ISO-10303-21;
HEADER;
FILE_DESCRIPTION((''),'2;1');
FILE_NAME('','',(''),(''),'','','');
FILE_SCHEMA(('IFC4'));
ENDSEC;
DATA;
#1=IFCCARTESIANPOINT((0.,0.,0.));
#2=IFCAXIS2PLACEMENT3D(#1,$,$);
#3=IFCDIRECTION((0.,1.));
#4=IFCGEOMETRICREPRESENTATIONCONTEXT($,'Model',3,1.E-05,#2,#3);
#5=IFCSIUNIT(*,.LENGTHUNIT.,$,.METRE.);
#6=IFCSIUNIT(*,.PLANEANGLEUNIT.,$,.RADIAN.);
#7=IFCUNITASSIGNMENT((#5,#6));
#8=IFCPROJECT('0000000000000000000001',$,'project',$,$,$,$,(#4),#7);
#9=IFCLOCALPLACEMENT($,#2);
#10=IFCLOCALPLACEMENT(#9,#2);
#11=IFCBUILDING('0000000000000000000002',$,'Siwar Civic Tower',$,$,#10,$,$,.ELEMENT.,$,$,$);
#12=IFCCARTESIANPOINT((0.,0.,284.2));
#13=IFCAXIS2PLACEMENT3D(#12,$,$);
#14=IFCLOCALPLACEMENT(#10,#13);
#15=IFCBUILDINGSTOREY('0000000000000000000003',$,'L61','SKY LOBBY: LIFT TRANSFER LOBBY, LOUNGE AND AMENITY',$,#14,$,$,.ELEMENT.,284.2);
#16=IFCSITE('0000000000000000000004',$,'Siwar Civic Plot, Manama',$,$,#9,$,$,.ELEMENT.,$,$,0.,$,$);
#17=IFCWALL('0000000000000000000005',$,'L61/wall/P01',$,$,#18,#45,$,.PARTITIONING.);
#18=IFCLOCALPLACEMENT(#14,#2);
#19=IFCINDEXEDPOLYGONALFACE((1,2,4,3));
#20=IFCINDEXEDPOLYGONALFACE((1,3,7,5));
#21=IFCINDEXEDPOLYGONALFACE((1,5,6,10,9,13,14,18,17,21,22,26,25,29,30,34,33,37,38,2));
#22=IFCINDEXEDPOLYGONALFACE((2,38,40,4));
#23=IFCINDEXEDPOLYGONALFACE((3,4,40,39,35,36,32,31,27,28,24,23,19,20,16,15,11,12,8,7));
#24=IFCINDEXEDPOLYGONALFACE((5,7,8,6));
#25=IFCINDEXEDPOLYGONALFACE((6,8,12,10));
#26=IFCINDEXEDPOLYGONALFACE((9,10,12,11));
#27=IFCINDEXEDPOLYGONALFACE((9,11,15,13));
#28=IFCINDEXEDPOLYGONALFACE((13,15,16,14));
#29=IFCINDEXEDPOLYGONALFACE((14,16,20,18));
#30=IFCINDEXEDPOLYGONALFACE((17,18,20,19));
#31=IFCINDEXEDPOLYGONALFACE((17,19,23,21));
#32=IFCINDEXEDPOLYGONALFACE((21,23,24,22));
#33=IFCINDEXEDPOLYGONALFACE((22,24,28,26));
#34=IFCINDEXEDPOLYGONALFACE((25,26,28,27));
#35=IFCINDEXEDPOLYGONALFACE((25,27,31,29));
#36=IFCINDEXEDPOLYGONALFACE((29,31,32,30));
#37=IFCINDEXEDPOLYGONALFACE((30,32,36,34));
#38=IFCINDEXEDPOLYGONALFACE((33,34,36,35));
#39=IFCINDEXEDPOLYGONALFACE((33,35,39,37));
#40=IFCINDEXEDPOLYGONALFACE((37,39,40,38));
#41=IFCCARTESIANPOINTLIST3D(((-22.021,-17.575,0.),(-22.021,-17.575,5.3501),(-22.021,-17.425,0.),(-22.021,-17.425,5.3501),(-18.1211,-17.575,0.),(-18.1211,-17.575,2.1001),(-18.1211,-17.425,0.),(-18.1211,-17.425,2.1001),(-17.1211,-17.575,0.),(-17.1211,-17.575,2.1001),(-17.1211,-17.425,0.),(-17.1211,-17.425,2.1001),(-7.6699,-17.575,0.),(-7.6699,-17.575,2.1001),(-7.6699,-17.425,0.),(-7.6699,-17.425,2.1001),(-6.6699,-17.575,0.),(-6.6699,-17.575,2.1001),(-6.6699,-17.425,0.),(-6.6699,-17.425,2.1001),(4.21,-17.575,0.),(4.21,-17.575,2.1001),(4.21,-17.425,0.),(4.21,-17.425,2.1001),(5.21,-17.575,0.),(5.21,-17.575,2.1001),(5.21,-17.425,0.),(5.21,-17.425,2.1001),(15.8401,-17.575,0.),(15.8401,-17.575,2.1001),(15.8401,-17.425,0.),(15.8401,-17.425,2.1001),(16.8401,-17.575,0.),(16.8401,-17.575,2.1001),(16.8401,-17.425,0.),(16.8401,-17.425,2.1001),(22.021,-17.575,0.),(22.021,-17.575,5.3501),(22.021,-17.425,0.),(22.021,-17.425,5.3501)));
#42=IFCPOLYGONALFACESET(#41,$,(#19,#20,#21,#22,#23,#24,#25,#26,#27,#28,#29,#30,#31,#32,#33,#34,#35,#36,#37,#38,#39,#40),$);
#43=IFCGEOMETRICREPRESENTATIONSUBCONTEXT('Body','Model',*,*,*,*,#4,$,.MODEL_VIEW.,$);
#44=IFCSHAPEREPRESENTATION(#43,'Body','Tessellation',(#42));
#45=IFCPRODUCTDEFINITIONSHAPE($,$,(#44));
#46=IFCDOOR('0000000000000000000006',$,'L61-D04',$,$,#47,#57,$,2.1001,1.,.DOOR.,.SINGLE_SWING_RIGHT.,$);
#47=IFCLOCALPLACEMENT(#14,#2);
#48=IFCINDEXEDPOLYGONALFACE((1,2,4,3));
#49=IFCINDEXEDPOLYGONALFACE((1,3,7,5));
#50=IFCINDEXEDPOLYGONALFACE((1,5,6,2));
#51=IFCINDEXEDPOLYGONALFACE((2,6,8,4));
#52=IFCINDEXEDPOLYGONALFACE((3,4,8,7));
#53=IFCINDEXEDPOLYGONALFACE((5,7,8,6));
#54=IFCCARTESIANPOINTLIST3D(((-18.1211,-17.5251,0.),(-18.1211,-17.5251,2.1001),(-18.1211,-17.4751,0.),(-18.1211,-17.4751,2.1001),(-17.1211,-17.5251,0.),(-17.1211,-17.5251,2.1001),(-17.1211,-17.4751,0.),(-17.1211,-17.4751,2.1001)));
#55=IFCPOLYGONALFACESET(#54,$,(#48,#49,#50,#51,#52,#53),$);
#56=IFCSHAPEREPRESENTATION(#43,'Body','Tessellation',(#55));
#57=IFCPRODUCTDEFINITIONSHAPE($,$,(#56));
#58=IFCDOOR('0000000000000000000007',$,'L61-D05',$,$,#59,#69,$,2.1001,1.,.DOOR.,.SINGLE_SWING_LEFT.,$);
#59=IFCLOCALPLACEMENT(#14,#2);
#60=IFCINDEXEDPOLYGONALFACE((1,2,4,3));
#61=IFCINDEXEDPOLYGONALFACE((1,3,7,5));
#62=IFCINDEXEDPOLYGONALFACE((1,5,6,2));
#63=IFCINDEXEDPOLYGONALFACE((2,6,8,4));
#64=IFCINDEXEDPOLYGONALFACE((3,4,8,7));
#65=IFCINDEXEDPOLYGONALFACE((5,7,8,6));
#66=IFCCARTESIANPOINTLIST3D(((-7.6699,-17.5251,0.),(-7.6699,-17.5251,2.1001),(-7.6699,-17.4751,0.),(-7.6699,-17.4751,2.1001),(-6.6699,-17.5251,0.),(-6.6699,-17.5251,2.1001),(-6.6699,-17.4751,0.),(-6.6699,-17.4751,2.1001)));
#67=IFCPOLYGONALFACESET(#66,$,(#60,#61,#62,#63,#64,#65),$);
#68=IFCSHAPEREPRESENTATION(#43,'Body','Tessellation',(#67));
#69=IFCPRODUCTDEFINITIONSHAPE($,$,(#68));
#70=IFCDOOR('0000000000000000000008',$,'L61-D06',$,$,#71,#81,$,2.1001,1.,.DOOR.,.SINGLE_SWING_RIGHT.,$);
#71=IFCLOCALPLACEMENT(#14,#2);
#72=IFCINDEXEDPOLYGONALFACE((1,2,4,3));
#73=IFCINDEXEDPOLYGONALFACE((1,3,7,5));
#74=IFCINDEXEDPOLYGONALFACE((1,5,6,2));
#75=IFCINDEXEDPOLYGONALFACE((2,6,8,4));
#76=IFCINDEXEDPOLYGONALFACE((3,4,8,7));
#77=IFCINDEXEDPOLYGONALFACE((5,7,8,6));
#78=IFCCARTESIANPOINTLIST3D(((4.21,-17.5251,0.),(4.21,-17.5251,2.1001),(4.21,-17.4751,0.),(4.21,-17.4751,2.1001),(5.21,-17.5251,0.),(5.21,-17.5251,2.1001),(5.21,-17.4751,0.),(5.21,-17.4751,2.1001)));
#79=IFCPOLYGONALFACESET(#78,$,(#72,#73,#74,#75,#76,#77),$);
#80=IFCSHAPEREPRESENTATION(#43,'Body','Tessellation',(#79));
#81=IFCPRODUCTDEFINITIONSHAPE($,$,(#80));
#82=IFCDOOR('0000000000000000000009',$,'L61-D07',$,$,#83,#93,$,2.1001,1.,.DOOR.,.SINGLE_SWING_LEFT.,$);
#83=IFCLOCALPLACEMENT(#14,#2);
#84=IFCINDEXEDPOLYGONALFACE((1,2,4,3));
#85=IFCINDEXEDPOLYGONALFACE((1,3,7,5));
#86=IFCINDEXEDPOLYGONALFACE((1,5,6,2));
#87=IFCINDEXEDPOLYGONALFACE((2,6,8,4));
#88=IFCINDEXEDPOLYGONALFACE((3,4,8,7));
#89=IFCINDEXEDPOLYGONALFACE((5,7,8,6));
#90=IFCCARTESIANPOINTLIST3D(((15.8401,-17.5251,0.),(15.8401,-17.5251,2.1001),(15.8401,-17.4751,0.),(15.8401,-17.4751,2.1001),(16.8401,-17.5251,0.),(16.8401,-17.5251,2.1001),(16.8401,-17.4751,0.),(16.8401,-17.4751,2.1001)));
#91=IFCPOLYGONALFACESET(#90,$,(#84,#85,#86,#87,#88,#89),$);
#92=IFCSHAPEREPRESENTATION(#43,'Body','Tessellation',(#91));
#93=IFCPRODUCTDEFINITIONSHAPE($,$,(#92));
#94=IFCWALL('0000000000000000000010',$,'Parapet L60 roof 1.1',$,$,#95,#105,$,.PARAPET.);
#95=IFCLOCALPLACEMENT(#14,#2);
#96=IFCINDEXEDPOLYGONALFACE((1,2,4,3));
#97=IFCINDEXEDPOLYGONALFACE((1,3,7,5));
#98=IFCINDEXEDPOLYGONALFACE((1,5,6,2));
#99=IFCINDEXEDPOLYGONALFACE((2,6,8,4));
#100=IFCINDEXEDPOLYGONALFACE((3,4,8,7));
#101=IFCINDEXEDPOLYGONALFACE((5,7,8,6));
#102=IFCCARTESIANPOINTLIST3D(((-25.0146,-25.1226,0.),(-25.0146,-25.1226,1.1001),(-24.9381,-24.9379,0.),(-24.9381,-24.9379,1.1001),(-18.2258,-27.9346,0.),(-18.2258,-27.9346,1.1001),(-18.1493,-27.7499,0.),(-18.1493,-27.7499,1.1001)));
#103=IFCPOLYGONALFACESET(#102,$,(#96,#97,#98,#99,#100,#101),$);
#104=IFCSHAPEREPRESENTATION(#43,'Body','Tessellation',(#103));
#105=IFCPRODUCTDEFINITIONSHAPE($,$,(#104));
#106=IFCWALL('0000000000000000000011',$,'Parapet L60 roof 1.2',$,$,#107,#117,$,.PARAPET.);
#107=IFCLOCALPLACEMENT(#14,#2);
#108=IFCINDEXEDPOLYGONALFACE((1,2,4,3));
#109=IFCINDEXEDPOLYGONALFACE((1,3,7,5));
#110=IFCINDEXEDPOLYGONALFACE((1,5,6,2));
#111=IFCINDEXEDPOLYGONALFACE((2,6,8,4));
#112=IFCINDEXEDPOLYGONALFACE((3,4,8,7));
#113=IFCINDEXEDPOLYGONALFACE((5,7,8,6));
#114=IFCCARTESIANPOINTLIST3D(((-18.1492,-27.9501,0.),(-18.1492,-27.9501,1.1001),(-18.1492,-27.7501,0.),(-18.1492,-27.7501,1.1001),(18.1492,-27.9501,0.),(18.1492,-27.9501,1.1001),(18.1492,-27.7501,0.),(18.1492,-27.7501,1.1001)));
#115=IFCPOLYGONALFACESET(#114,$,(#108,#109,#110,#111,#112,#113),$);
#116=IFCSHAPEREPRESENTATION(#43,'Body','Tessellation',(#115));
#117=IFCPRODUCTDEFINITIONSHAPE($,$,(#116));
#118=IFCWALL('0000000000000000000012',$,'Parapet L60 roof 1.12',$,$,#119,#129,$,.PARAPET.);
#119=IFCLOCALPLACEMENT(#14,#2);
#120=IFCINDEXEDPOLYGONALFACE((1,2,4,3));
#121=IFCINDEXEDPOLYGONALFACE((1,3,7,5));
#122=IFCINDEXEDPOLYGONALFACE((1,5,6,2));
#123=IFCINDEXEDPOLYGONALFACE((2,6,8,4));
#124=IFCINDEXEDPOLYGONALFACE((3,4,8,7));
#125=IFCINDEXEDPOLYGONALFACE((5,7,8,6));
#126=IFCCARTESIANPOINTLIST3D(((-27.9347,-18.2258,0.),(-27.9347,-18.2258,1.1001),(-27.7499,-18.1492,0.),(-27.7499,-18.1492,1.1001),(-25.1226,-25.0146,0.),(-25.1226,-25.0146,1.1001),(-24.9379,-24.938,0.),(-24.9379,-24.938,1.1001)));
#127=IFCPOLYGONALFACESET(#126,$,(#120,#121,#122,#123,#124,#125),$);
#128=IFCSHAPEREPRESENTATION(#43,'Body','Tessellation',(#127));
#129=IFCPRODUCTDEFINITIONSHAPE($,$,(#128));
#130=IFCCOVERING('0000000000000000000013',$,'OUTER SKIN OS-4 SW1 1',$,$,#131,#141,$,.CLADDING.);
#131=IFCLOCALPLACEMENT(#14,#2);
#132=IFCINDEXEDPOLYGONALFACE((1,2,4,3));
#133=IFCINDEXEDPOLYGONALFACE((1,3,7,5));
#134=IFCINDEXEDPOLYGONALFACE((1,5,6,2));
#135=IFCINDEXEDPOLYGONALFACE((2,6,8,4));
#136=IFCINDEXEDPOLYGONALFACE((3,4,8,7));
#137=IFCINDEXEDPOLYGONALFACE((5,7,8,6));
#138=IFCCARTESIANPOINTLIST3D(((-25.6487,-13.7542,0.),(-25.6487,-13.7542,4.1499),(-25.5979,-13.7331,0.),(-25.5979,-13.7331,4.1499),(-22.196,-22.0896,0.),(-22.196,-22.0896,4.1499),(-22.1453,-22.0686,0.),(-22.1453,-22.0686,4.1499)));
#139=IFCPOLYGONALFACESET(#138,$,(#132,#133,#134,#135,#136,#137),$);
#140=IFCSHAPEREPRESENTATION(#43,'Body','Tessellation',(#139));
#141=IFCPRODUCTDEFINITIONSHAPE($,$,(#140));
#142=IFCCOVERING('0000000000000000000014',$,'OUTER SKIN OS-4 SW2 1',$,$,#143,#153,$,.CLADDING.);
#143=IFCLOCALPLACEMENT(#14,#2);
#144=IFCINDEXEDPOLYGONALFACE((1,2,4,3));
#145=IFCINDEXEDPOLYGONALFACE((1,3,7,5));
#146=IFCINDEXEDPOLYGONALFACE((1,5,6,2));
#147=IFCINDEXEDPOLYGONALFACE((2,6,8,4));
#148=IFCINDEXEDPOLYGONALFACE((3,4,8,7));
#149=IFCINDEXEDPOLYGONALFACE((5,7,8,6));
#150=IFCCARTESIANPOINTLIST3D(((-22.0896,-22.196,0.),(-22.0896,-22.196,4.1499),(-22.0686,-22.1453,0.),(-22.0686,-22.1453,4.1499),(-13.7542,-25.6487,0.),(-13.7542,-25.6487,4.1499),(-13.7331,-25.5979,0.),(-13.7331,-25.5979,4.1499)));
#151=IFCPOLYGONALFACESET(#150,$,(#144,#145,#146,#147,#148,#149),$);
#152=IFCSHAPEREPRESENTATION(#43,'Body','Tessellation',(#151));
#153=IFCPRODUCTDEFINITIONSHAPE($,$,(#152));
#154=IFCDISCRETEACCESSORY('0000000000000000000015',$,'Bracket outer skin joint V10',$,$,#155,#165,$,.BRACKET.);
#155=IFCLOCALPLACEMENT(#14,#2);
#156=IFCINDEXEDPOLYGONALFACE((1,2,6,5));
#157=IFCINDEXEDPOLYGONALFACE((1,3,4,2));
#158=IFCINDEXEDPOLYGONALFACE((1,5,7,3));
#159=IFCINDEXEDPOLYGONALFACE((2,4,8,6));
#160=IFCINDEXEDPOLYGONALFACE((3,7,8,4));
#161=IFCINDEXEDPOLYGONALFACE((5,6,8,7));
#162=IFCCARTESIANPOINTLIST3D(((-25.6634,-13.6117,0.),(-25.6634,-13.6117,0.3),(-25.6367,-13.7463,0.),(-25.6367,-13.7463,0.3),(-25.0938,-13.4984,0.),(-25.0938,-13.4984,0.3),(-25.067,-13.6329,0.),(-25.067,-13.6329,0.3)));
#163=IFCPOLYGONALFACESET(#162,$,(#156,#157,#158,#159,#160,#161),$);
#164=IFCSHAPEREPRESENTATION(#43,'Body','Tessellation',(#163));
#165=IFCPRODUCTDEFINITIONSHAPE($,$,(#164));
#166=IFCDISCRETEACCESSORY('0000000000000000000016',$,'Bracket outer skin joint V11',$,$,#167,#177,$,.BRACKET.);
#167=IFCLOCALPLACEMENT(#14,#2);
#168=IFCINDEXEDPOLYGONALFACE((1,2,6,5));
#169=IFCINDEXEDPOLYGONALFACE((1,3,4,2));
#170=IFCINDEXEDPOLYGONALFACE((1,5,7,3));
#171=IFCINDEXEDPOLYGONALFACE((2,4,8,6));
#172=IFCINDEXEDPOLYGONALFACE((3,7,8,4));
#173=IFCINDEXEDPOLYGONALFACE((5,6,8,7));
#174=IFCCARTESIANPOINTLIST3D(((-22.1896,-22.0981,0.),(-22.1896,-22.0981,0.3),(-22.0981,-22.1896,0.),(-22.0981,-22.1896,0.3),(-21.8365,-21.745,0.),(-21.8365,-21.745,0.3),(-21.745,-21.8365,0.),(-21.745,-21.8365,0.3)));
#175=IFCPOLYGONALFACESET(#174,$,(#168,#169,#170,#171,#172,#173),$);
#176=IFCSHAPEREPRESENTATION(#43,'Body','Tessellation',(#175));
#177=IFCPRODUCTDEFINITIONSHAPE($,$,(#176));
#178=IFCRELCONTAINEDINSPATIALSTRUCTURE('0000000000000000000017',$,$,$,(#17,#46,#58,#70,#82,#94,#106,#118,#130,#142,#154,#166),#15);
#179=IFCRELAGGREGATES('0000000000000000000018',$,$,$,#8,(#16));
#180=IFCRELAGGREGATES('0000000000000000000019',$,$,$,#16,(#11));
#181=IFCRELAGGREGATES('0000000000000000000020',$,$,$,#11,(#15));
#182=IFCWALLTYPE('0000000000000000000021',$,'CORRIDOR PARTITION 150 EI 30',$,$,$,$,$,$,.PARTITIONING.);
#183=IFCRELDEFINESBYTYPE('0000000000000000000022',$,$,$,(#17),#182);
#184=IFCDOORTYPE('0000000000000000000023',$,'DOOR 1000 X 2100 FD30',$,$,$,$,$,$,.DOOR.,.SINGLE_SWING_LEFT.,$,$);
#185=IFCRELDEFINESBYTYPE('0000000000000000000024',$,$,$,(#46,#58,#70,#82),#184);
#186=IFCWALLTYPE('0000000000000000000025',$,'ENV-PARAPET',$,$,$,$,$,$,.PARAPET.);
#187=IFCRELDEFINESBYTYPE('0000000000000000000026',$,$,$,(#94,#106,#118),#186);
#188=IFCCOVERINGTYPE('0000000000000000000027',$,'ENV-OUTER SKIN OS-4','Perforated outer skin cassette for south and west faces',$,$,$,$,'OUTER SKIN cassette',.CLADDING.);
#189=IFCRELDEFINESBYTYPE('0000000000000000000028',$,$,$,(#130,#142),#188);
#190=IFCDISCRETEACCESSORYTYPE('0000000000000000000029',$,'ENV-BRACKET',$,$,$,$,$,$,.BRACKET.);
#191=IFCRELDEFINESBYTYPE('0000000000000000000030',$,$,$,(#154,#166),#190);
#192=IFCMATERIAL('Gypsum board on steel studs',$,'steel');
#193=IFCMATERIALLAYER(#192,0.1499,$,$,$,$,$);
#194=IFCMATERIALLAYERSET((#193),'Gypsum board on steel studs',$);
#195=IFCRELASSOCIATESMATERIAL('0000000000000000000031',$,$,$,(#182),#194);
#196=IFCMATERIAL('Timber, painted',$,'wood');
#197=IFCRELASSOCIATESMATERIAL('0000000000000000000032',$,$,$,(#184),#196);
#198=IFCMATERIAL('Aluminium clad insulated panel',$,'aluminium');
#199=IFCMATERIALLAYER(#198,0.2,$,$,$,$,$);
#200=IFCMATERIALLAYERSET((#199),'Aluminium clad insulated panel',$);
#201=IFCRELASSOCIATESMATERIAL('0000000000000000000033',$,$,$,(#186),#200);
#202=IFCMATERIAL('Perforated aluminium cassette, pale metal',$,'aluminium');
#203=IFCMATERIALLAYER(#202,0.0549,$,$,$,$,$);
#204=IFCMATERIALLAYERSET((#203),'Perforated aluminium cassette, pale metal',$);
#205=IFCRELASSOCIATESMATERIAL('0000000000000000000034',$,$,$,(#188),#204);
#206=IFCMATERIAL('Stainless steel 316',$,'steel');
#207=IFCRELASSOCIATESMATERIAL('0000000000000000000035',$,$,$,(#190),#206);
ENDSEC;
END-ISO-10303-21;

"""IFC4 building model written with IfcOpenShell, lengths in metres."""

from ifc_helpers import new_model, si_unit, direction, frame, frame_2d, origin, origin_2d, place, context, subcontext, project, spatial, rectangle, extrude, material, layer, layer_set, type_object, element, fill, save


model = new_model("IFC4")

# Units and contexts
model_context = context("Model", 3, precision=1e-05, world=origin(), true_north=direction((0.0, 1.0)))
body_context = subcontext(model_context, "Body", "Model", "MODEL_VIEW")
ifc_project = project(units=[si_unit("LENGTHUNIT", "METRE"), si_unit("PLANEANGLEUNIT", "RADIAN")], contexts=[model_context])

# Site, building, storey
site_placement = place(None, origin())
site = spatial("IfcSite", under=ifc_project, at=site_placement, Name="Siwar Civic Plot, Manama", CompositionType="ELEMENT", RefElevation=0.0)
building_placement = place(site_placement, origin())
building = spatial("IfcBuilding", under=site, at=building_placement, Name="Siwar Civic Tower", CompositionType="ELEMENT")
storey_placement = place(building_placement, frame((0.0, 0.0, 284.2)))
storey = spatial("IfcBuildingStorey", under=building, at=storey_placement, Name="L61", Description="SKY LOBBY: LIFT TRANSFER LOBBY, LOUNGE AND AMENITY", CompositionType="ELEMENT", Elevation=284.2)

# Wall, openings, doors
ifc_material_1 = material(Name="Gypsum board on steel studs", Category="steel")
ifc_layer_1 = layer(ifc_material_1, 0.1499)
ifc_layer_set_1 = layer_set([ifc_layer_1], Name="Gypsum board on steel studs")
wall_type_1 = type_object("IfcWallType", Name="CORRIDOR PARTITION 150 EI 30", PredefinedType="PARTITIONING", material=ifc_layer_set_1)
wall_1_placement = place(storey_placement, frame((-22.021, -17.5, 0.0), z_axis=(0.0, 0.0, 1.0), x_axis=(1.0, 0.0, 0.0)))
wall_1 = element("IfcWall", 1, at=wall_1_placement, inside=storey, type_object=wall_type_1, Name="L61/wall/P01", PredefinedType="PARTITIONING", context=body_context, shape_type="SweptSolid", body=[
    extrude(rectangle(XDim=44.042, YDim=0.1499, at=frame_2d((22.021, 0.0))), origin(), (0.0, 0.0, 1.0), 5.3501),
])
opening_1_placement = place(wall_1_placement, frame((3.8999, 0.0, 0.0)))
opening_1 = element("IfcOpeningElement", 2, at=opening_1_placement, cuts=wall_1, PredefinedType="OPENING", context=body_context, shape_type="SweptSolid", body=[
    extrude(rectangle(XDim=1.0, YDim=2.1001, at=frame_2d((0.5, 1.05))), frame((0.0, 0.085, 0.0), z_axis=(0.0, -1.0, 0.0), x_axis=(1.0, 0.0, 0.0)), (0.0, 0.0, 1.0), 0.1699),
])
opening_2_placement = place(wall_1_placement, frame((14.3511, 0.0, 0.0)))
opening_2 = element("IfcOpeningElement", 3, at=opening_2_placement, cuts=wall_1, PredefinedType="OPENING", context=body_context, shape_type="SweptSolid", body=[
    extrude(rectangle(XDim=1.0, YDim=2.1001, at=frame_2d((0.5, 1.05))), frame((0.0, 0.085, 0.0), z_axis=(0.0, -1.0, 0.0), x_axis=(1.0, 0.0, 0.0)), (0.0, 0.0, 1.0), 0.1699),
])
opening_3_placement = place(wall_1_placement, frame((26.231, 0.0, 0.0)))
opening_3 = element("IfcOpeningElement", 4, at=opening_3_placement, cuts=wall_1, PredefinedType="OPENING", context=body_context, shape_type="SweptSolid", body=[
    extrude(rectangle(XDim=1.0, YDim=2.1001, at=frame_2d((0.5, 1.05))), frame((0.0, 0.085, 0.0), z_axis=(0.0, -1.0, 0.0), x_axis=(1.0, 0.0, 0.0)), (0.0, 0.0, 1.0), 0.1699),
])
opening_4_placement = place(wall_1_placement, frame((37.8611, 0.0, 0.0)))
opening_4 = element("IfcOpeningElement", 5, at=opening_4_placement, cuts=wall_1, PredefinedType="OPENING", context=body_context, shape_type="SweptSolid", body=[
    extrude(rectangle(XDim=1.0, YDim=2.1001, at=frame_2d((0.5, 1.05))), frame((0.0, 0.085, 0.0), z_axis=(0.0, -1.0, 0.0), x_axis=(1.0, 0.0, 0.0)), (0.0, 0.0, 1.0), 0.1699),
])
ifc_material_2 = material(Name="Timber, painted", Category="wood")
door_type = type_object("IfcDoorType", Name="DOOR 1000 X 2100 FD30", OperationType="SINGLE_SWING_LEFT", PredefinedType="DOOR", material=ifc_material_2)
door_1_placement = place(opening_1_placement, origin())
door_1 = element("IfcDoor", 6, at=door_1_placement, inside=storey, type_object=door_type, Name="L61-D04", OperationType="SINGLE_SWING_RIGHT", OverallHeight=2.1001, OverallWidth=1.0, PredefinedType="DOOR", context=body_context, shape_type="SweptSolid", body=[
    extrude(rectangle(XDim=1.0, YDim=2.1001, at=frame_2d((0.5, 1.05))), frame((0.0, 0.0249, 0.0), z_axis=(0.0, -1.0, 0.0), x_axis=(1.0, 0.0, 0.0)), (0.0, 0.0, 1.0), 0.05),
])
fill(opening_1, door_1)
door_2_placement = place(opening_2_placement, origin())
door_2 = element("IfcDoor", 7, at=door_2_placement, inside=storey, type_object=door_type, Name="L61-D05", OperationType="SINGLE_SWING_LEFT", OverallHeight=2.1001, OverallWidth=1.0, PredefinedType="DOOR", context=body_context, shape_type="SweptSolid", body=[
    extrude(rectangle(XDim=1.0, YDim=2.1001, at=frame_2d((0.5, 1.05))), frame((0.0, 0.0249, 0.0), z_axis=(0.0, -1.0, 0.0), x_axis=(1.0, 0.0, 0.0)), (0.0, 0.0, 1.0), 0.05),
])
fill(opening_2, door_2)
door_3_placement = place(opening_3_placement, origin())
door_3 = element("IfcDoor", 8, at=door_3_placement, inside=storey, type_object=door_type, Name="L61-D06", OperationType="SINGLE_SWING_RIGHT", OverallHeight=2.1001, OverallWidth=1.0, PredefinedType="DOOR", context=body_context, shape_type="SweptSolid", body=[
    extrude(rectangle(XDim=1.0, YDim=2.1001, at=frame_2d((0.5, 1.05))), frame((0.0, 0.0249, 0.0), z_axis=(0.0, -1.0, 0.0), x_axis=(1.0, 0.0, 0.0)), (0.0, 0.0, 1.0), 0.05),
])
fill(opening_3, door_3)
door_4_placement = place(opening_4_placement, origin())
door_4 = element("IfcDoor", 9, at=door_4_placement, inside=storey, type_object=door_type, Name="L61-D07", OperationType="SINGLE_SWING_LEFT", OverallHeight=2.1001, OverallWidth=1.0, PredefinedType="DOOR", context=body_context, shape_type="SweptSolid", body=[
    extrude(rectangle(XDim=1.0, YDim=2.1001, at=frame_2d((0.5, 1.05))), frame((0.0, 0.0249, 0.0), z_axis=(0.0, -1.0, 0.0), x_axis=(1.0, 0.0, 0.0)), (0.0, 0.0, 1.0), 0.05),
])
fill(opening_4, door_4)

# Walls
ifc_material_3 = material(Name="Aluminium clad insulated panel", Category="aluminium")
ifc_layer_2 = layer(ifc_material_3, 0.2)
ifc_layer_set_2 = layer_set([ifc_layer_2], Name="Aluminium clad insulated panel")
wall_type_2 = type_object("IfcWallType", Name="ENV-PARAPET", PredefinedType="PARAPET", material=ifc_layer_set_2)
wall_2_placement = place(storey_placement, frame((-24.9763, -25.0303, 0.0), z_axis=(0.0, 0.0, 1.0), x_axis=(0.92388, -0.382682, 0.0)))
element("IfcWall", 10, at=wall_2_placement, inside=storey, type_object=wall_type_2, Name="Parapet L60 roof 1.1", PredefinedType="PARAPET", context=body_context, shape_type="SweptSolid", body=[
    extrude(rectangle(XDim=7.3481, YDim=0.2, at=frame_2d((3.6741, 0.0))), origin(), (0.0, 0.0, 1.0), 1.1001),
])
wall_3_placement = place(storey_placement, frame((-18.1492, -27.8501, 0.0), z_axis=(0.0, 0.0, 1.0), x_axis=(1.0, 0.0, 0.0)))
element("IfcWall", 11, at=wall_3_placement, inside=storey, type_object=wall_type_2, Name="Parapet L60 roof 1.2", PredefinedType="PARAPET", context=body_context, shape_type="SweptSolid", body=[
    extrude(rectangle(XDim=36.2983, YDim=0.2, at=frame_2d((18.1492, 0.0))), origin(), (0.0, 0.0, 1.0), 1.1001),
])
wall_4_placement = place(storey_placement, frame((-27.8423, -18.1875, 0.0), z_axis=(0.0, 0.0, 1.0), x_axis=(0.382682, -0.92388, 0.0)))
element("IfcWall", 12, at=wall_4_placement, inside=storey, type_object=wall_type_2, Name="Parapet L60 roof 1.12", PredefinedType="PARAPET", context=body_context, shape_type="SweptSolid", body=[
    extrude(rectangle(XDim=7.3481, YDim=0.2, at=frame_2d((3.6741, 0.0))), origin(), (0.0, 0.0, 1.0), 1.1001),
])

# Coverings
ifc_material_4 = material(Name="Perforated aluminium cassette, pale metal", Category="aluminium")
ifc_layer_3 = layer(ifc_material_4, 0.0549)
ifc_layer_set_3 = layer_set([ifc_layer_3], Name="Perforated aluminium cassette, pale metal")
covering_type = type_object("IfcCoveringType", Name="ENV-OUTER SKIN OS-4", Description="Perforated outer skin cassette for south and west faces", ElementType="OUTER SKIN cassette", PredefinedType="CLADDING", material=ifc_layer_set_3)
for number, where, z_axis, x_axis, name in (
    (13, (-23.897, -17.9114, 0.0), (0.0, 0.0, 1.0), (0.382683, -0.92388, 0.0), "OUTER SKIN OS-4 SW1 1"),
    (14, (-17.9114, -23.897, 0.0), (0.0, 0.0, 1.0), (0.92388, -0.382683, 0.0), "OUTER SKIN OS-4 SW2 1"),
):
    element("IfcCovering", number, at=place(storey_placement, frame(where, z_axis=z_axis, x_axis=x_axis)), inside=storey, type_object=covering_type, Name=name, PredefinedType="CLADDING", context=body_context, shape_type="SweptSolid", body=[
        extrude(rectangle(XDim=9.0222, YDim=0.0549, at=origin_2d()), origin(), (0.0, 0.0, 1.0), 4.1499),
    ])

# Discrete accessories
ifc_material_5 = material(Name="Stainless steel 316", Category="steel")
discrete_accessory_type = type_object("IfcDiscreteAccessoryType", Name="ENV-BRACKET", PredefinedType="BRACKET", material=ifc_material_5)
discrete_accessory_1_placement = place(storey_placement, frame((-25.3652, -13.6223, 0.0), z_axis=(0.0, 0.0, 1.0), x_axis=(-0.980785, -0.19509, 0.0)))
element("IfcDiscreteAccessory", 15, at=discrete_accessory_1_placement, inside=storey, type_object=discrete_accessory_type, Name="Bracket outer skin joint V10", PredefinedType="BRACKET", context=body_context, shape_type="SweptSolid", body=[
    extrude(rectangle(XDim=0.5808, YDim=0.1372, at=origin_2d()), origin(), (0.0, 0.0, 1.0), 0.3),
])
discrete_accessory_2_placement = place(storey_placement, frame((-21.9673, -21.9673, 0.0), z_axis=(0.0, 0.0, 1.0), x_axis=(-0.707107, -0.707107, 0.0)))
element("IfcDiscreteAccessory", 16, at=discrete_accessory_2_placement, inside=storey, type_object=discrete_accessory_type, Name="Bracket outer skin joint V11", PredefinedType="BRACKET", context=body_context, shape_type="SweptSolid", body=[
    extrude(rectangle(XDim=0.4993, YDim=0.1294, at=origin_2d()), origin(), (0.0, 0.0, 1.0), 0.3),
])

save(model, "model.ifc")
